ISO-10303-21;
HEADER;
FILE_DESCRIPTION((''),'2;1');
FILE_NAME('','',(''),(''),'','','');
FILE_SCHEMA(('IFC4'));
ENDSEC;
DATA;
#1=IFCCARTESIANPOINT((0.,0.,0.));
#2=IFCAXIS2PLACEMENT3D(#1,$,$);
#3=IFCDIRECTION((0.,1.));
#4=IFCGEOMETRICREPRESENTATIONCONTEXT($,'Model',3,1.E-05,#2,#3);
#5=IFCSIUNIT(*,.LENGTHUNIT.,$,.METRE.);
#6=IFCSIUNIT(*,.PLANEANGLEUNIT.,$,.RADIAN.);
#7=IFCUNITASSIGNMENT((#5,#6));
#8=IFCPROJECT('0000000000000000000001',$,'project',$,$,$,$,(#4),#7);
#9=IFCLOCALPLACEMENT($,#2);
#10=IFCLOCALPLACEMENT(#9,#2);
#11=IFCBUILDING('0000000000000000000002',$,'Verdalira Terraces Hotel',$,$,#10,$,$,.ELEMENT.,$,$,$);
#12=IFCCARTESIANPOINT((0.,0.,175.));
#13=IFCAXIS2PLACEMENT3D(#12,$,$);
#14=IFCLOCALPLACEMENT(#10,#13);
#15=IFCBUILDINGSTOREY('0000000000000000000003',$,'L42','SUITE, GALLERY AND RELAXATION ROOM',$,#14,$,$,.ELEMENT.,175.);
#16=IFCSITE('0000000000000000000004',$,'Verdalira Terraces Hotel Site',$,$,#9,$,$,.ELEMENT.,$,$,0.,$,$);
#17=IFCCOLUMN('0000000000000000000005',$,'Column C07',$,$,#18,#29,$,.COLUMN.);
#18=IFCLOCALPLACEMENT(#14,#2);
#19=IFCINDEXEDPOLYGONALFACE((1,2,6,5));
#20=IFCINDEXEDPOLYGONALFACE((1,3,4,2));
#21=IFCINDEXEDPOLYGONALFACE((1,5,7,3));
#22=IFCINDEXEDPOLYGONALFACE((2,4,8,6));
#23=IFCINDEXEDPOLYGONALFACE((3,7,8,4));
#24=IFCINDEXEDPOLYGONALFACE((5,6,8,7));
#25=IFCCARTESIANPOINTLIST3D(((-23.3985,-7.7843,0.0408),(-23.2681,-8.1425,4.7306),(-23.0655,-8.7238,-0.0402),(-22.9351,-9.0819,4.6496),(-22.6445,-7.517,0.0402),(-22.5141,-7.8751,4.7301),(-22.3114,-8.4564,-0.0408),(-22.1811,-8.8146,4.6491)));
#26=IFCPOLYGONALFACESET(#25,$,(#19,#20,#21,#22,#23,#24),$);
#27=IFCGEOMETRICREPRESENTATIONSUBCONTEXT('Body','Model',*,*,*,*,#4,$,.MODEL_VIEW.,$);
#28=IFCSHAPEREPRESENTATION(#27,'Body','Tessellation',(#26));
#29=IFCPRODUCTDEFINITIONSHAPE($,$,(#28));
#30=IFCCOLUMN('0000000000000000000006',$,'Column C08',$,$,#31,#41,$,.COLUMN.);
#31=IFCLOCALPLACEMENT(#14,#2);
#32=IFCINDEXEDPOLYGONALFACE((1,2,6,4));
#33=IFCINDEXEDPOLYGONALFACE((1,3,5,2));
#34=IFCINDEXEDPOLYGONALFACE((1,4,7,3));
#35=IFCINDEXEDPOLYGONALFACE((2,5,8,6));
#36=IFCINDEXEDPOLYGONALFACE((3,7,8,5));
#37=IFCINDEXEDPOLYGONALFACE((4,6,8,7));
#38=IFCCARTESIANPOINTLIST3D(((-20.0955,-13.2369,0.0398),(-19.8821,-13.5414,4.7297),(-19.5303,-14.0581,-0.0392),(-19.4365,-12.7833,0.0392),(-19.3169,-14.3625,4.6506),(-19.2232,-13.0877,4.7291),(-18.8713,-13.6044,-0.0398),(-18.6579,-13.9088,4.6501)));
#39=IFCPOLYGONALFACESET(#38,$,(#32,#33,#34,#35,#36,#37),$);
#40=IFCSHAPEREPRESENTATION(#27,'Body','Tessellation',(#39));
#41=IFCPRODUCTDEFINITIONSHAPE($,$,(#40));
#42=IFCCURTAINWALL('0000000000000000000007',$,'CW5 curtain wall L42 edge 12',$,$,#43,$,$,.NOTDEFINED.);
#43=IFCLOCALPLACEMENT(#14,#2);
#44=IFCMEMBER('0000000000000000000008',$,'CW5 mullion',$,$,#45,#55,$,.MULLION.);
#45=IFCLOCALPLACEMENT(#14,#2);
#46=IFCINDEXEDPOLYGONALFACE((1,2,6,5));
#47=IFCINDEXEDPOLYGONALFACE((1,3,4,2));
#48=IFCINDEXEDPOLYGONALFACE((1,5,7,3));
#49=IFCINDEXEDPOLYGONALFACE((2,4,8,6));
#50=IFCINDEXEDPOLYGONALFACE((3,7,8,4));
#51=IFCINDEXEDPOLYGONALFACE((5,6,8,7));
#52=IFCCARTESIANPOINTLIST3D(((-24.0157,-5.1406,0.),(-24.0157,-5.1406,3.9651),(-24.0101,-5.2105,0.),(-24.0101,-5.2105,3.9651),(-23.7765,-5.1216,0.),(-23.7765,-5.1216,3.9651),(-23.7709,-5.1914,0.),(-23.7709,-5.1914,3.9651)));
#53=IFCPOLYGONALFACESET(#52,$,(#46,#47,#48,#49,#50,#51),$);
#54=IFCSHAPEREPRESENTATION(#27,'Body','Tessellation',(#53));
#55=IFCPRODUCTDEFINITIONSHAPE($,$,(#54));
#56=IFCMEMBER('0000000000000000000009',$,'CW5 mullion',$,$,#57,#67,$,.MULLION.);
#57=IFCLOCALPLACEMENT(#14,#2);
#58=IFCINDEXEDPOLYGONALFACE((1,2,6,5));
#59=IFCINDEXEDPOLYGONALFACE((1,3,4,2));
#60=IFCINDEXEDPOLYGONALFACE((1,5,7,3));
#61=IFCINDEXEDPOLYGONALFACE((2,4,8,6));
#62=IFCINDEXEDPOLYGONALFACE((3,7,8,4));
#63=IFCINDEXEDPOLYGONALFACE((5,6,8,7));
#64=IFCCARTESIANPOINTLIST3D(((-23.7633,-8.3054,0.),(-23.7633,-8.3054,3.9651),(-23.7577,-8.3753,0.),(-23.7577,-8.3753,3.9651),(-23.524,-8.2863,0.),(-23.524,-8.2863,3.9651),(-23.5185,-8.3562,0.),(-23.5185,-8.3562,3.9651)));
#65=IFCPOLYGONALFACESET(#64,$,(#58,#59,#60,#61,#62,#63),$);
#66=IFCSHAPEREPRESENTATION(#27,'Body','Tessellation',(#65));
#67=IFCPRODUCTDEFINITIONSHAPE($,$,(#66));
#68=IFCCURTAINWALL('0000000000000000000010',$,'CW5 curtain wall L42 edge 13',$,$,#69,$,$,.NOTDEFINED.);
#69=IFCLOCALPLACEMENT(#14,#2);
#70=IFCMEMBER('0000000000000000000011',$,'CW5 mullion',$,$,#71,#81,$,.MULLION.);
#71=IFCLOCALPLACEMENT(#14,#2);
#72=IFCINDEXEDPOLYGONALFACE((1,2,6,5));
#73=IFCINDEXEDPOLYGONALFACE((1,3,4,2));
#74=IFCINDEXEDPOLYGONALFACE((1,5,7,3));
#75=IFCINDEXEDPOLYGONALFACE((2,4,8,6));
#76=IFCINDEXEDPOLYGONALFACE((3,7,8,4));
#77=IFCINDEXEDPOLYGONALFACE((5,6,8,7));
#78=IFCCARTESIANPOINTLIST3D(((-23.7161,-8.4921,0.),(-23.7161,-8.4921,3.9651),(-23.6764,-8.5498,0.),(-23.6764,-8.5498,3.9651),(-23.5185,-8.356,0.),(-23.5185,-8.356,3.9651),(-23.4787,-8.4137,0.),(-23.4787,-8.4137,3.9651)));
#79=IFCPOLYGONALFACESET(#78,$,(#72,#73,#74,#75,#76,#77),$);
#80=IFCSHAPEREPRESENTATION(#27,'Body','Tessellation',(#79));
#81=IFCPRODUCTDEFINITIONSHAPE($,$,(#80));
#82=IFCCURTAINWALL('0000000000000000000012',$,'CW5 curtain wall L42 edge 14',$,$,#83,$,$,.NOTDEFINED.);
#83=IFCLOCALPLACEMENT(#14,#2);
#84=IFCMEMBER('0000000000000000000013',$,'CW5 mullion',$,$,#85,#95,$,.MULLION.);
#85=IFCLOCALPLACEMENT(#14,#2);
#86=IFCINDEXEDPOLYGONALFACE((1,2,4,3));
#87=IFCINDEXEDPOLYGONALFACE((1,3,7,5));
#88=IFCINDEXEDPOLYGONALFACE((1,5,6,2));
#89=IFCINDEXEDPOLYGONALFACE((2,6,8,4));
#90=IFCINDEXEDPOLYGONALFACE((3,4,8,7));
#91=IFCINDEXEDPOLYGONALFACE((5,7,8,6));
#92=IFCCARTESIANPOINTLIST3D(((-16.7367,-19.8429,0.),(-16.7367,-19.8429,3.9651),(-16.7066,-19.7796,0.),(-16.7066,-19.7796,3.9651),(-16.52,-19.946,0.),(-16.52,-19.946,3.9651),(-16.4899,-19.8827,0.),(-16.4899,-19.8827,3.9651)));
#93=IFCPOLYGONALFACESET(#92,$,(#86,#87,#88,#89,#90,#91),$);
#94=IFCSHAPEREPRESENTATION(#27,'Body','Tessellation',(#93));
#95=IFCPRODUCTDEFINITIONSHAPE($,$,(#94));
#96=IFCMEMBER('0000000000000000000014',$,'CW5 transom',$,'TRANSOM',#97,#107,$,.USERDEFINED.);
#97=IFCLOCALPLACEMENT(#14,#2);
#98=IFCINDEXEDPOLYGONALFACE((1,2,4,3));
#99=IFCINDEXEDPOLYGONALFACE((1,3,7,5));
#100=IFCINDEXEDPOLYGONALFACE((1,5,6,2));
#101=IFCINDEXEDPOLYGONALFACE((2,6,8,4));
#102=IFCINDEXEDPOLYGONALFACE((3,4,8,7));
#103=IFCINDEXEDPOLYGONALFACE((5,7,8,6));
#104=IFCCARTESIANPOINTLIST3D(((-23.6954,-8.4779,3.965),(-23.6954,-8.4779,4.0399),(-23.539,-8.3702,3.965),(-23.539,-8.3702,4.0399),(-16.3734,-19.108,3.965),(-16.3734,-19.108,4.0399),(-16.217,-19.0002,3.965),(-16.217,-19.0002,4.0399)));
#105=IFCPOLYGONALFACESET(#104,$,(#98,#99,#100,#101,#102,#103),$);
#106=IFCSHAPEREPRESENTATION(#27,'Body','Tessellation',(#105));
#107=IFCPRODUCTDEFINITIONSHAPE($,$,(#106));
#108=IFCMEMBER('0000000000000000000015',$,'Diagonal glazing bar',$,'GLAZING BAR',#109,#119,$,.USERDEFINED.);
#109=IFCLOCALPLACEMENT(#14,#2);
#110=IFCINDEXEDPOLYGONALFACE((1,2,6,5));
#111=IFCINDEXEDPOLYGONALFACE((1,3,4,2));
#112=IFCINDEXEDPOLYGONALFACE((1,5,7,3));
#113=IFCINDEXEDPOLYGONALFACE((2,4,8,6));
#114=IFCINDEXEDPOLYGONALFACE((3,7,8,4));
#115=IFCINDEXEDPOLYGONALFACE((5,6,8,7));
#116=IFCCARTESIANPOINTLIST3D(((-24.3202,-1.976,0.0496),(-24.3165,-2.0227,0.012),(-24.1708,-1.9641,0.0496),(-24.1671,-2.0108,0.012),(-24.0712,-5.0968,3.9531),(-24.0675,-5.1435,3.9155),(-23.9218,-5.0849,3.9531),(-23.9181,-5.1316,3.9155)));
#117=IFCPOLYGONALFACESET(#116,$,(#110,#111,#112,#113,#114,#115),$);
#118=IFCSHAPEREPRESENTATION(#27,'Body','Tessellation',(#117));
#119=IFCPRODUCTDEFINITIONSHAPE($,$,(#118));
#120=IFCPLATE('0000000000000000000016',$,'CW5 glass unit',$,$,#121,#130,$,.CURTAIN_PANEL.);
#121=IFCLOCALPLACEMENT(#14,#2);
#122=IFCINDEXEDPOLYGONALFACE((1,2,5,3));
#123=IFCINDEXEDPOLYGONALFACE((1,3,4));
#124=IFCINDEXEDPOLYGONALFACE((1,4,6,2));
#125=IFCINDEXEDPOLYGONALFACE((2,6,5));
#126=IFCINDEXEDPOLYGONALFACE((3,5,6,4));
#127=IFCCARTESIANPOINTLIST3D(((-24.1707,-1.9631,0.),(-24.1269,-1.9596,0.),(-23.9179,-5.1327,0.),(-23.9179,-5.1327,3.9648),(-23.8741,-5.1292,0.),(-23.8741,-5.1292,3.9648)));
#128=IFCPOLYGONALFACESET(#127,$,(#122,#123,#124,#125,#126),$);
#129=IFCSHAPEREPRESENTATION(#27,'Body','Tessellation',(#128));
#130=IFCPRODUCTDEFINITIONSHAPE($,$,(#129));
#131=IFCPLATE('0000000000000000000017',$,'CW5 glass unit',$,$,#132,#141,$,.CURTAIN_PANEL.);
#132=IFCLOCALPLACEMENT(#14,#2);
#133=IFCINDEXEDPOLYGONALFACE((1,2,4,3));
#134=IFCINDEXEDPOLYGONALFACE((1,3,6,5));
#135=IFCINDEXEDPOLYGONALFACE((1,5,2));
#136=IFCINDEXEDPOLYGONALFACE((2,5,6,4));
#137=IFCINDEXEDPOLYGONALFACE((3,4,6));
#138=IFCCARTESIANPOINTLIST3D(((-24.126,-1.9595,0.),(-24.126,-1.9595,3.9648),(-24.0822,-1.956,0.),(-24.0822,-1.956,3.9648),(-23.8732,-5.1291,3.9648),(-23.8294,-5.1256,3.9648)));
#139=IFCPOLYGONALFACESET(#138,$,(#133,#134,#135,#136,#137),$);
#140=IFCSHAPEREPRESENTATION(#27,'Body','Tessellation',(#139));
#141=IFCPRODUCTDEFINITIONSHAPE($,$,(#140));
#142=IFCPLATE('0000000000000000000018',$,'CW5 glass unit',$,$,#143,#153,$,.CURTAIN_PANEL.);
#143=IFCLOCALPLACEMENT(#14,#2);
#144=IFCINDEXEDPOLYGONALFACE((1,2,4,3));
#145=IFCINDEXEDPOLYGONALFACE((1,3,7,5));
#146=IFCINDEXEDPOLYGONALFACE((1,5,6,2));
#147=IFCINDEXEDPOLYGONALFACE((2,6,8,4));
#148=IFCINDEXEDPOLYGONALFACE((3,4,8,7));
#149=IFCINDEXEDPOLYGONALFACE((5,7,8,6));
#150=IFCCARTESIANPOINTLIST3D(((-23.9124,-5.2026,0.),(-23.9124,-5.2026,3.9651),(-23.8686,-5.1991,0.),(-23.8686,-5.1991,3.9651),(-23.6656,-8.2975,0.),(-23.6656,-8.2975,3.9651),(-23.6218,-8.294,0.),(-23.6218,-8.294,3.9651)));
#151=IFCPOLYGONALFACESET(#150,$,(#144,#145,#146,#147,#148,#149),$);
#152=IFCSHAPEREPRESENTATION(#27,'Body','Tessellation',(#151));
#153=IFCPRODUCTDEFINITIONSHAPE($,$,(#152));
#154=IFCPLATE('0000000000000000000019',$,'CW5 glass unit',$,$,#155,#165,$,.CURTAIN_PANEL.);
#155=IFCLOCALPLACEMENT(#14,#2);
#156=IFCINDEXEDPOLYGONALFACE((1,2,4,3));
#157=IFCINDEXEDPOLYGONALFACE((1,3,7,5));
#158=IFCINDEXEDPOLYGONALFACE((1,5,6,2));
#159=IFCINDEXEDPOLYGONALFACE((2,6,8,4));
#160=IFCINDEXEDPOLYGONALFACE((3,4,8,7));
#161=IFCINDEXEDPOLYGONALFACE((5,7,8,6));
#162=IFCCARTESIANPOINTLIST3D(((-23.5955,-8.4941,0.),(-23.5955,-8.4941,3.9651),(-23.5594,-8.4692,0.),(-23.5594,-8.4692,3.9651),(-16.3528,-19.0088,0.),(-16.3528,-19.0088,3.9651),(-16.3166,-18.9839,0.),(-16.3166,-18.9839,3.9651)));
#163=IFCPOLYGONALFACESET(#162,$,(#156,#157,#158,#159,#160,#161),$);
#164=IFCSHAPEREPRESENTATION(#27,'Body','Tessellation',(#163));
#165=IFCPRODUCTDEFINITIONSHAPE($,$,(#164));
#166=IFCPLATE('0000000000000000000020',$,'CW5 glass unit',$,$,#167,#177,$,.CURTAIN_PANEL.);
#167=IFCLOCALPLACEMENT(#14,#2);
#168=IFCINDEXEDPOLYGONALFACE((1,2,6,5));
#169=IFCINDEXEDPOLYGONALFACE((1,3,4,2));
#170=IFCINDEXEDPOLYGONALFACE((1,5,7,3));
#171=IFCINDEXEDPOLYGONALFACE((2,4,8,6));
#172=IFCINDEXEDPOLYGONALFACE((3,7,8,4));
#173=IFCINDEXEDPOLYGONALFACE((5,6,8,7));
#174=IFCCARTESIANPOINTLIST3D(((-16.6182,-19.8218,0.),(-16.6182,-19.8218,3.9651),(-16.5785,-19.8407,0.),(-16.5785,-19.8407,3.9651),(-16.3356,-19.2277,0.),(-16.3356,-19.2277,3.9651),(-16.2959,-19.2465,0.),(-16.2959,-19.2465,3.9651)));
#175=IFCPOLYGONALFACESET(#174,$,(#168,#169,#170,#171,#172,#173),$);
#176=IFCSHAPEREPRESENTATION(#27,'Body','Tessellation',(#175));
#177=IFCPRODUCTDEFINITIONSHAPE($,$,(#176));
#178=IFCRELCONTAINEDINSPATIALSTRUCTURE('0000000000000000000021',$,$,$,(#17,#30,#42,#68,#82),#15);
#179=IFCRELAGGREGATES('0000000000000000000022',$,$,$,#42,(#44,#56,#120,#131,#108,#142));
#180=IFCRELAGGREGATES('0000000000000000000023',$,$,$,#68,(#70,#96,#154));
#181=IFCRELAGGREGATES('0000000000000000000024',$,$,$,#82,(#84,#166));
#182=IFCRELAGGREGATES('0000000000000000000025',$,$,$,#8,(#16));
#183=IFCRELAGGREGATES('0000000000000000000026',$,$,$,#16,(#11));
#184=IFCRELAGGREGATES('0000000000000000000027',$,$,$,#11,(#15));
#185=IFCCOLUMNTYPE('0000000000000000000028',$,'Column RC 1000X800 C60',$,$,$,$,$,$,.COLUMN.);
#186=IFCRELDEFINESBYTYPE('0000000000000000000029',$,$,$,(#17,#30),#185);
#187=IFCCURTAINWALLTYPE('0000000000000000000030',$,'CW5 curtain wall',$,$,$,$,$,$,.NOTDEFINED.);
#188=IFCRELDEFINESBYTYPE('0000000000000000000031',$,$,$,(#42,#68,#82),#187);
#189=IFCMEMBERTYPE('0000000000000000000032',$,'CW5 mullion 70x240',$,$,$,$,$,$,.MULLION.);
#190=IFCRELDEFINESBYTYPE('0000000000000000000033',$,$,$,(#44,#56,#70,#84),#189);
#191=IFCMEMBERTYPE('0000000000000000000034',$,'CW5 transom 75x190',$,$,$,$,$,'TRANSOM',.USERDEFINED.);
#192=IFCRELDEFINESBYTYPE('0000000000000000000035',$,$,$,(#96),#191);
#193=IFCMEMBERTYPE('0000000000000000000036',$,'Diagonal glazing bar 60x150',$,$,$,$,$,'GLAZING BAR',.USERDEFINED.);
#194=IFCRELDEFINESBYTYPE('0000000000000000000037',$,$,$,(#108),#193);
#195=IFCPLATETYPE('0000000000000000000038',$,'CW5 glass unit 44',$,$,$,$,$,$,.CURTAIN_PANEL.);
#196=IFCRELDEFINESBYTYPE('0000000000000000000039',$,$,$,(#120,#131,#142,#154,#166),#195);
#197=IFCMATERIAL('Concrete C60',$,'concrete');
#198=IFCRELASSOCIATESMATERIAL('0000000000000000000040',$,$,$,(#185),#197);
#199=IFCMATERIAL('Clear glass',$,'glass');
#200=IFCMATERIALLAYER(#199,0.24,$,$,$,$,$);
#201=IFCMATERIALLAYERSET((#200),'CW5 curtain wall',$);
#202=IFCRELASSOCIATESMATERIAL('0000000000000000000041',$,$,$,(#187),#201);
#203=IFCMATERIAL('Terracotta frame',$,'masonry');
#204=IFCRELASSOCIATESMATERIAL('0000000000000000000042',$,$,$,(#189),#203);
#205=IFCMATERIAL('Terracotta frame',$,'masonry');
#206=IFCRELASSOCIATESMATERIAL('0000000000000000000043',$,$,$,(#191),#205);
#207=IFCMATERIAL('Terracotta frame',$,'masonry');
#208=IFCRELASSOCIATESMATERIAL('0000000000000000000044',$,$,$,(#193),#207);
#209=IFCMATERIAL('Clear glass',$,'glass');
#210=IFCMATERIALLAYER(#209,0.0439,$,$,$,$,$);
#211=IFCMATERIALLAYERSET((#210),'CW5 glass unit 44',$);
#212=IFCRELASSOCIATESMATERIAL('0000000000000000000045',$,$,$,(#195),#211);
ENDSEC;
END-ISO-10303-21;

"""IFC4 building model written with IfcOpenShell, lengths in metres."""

from ifc_helpers import new_model, si_unit, direction, frame, origin, origin_2d, place, context, subcontext, project, spatial, polyline, rectangle, outline, extrude, material, layer, layer_set, material_profile, profile_set, type_object, element, aggregate, save


model = new_model("IFC4")

# Units and contexts
model_context = context("Model", 3, precision=1e-05, world=origin(), true_north=direction((0.0, 1.0)))
body_context = subcontext(model_context, "Body", "Model", "MODEL_VIEW")
ifc_project = project(units=[si_unit("LENGTHUNIT", "METRE"), si_unit("PLANEANGLEUNIT", "RADIAN")], contexts=[model_context])

# Site, building, storey
site_placement = place(None, origin())
site = spatial("IfcSite", under=ifc_project, at=site_placement, Name="Verdalira Terraces Hotel Site", CompositionType="ELEMENT", RefElevation=0.0)
building_placement = place(site_placement, origin())
building = spatial("IfcBuilding", under=site, at=building_placement, Name="Verdalira Terraces Hotel", CompositionType="ELEMENT")
storey_placement = place(building_placement, frame((0.0, 0.0, 175.0)))
storey = spatial("IfcBuildingStorey", under=building, at=storey_placement, Name="L42", Description="SUITE, GALLERY AND RELAXATION ROOM", CompositionType="ELEMENT", Elevation=175.0)

# Columns
ifc_material_1 = material(Name="Concrete C60", Category="concrete")
ifc_material_profile_1 = material_profile(ifc_material_1, rectangle(XDim=1.0, YDim=0.8, at=origin_2d()), Name="RC 1000X800")
ifc_profile_set_1 = profile_set([ifc_material_profile_1], Name="Concrete C60")
column_type = type_object("IfcColumnType", Name="Column RC 1000X800 C60", PredefinedType="COLUMN", material=ifc_profile_set_1)
column_1_placement = place(storey_placement, frame((-22.855, -8.1204, 0.0), z_axis=(0.027707, -0.076116, 0.996714), x_axis=(-0.333017, 0.939435, 0.080999)))
element("IfcColumn", 1, at=column_1_placement, inside=storey, type_object=column_type, Name="Column C07", PredefinedType="COLUMN", context=body_context, shape_type="SweptSolid", body=[
    extrude(rectangle(XDim=1.0, YDim=0.8, at=origin_2d()), origin(), (0.0, 0.0, 1.0), 4.7053),
])
column_2_placement = place(storey_placement, frame((-19.4834, -13.4207, 0.0), z_axis=(0.045355, -0.064711, 0.996873), x_axis=(0.56525, -0.821126, -0.07902)))
element("IfcColumn", 2, at=column_2_placement, inside=storey, type_object=column_type, Name="Column C08", PredefinedType="COLUMN", context=body_context, shape_type="SweptSolid", body=[
    extrude(rectangle(XDim=1.0, YDim=0.8, at=origin_2d()), origin(), (0.0, 0.0, 1.0), 4.7046),
])

# Curtain wall, members
ifc_material_2 = material(Name="Clear glass", Category="glass")
ifc_layer_1 = layer(ifc_material_2, 0.24)
ifc_layer_set_1 = layer_set([ifc_layer_1], Name="CW5 curtain wall")
curtain_wall_type = type_object("IfcCurtainWallType", Name="CW5 curtain wall", PredefinedType="NOTDEFINED", material=ifc_layer_set_1)
curtain_wall_1_placement = place(storey_placement, origin())
curtain_wall_1 = element("IfcCurtainWall", 3, at=curtain_wall_1_placement, inside=storey, type_object=curtain_wall_type, Name="CW5 curtain wall L42 edge 12", PredefinedType="NOTDEFINED")
ifc_material_3 = material(Name="Terracotta frame", Category="masonry")
ifc_material_profile_2 = material_profile(ifc_material_3, rectangle(XDim=0.0701, YDim=0.24, at=origin_2d()), Name="MU 70x240")
ifc_profile_set_2 = profile_set([ifc_material_profile_2], Name="Terracotta frame")
member_type_1 = type_object("IfcMemberType", Name="CW5 mullion 70x240", PredefinedType="MULLION", material=ifc_profile_set_2)
member_1_placement = place(storey_placement, frame((-23.8933, -5.166, 0.0), z_axis=(0.0, 0.0, 1.0), x_axis=(0.079503, -0.996835, 0.0)))
member_1 = element("IfcMember", 4, at=member_1_placement, type_object=member_type_1, Name="CW5 mullion", PredefinedType="MULLION", context=body_context, shape_type="SweptSolid", body=[
    extrude(rectangle(XDim=0.0701, YDim=0.24, at=origin_2d()), origin(), (0.0, 0.0, 1.0), 3.9651),
])
member_2_placement = place(storey_placement, frame((-23.6409, -8.3308, 0.0), z_axis=(0.0, 0.0, 1.0), x_axis=(0.079503, -0.996835, 0.0)))
member_2 = element("IfcMember", 5, at=member_2_placement, type_object=member_type_1, Name="CW5 mullion", PredefinedType="MULLION", context=body_context, shape_type="SweptSolid", body=[
    extrude(rectangle(XDim=0.0701, YDim=0.24, at=origin_2d()), origin(), (0.0, 0.0, 1.0), 3.9651),
])

# Curtain walls, members
curtain_wall_2_placement = place(storey_placement, origin())
curtain_wall_2 = element("IfcCurtainWall", 6, at=curtain_wall_2_placement, inside=storey, type_object=curtain_wall_type, Name="CW5 curtain wall L42 edge 13", PredefinedType="NOTDEFINED")
member_3_placement = place(storey_placement, frame((-23.5974, -8.4529, 0.0), z_axis=(0.0, 0.0, 1.0), x_axis=(0.567269, -0.823533, 0.0)))
member_3 = element("IfcMember", 7, at=member_3_placement, type_object=member_type_1, Name="CW5 mullion", PredefinedType="MULLION", context=body_context, shape_type="SweptSolid", body=[
    extrude(rectangle(XDim=0.0701, YDim=0.24, at=origin_2d()), origin(), (0.0, 0.0, 1.0), 3.9651),
])
curtain_wall_3_placement = place(storey_placement, origin())
curtain_wall_3 = element("IfcCurtainWall", 8, at=curtain_wall_3_placement, inside=storey, type_object=curtain_wall_type, Name="CW5 curtain wall L42 edge 14", PredefinedType="NOTDEFINED")
member_4_placement = place(storey_placement, frame((-16.6133, -19.8628, 0.0), z_axis=(0.0, 0.0, 1.0), x_axis=(-0.429566, -0.903036, 0.0)))
member_4 = element("IfcMember", 9, at=member_4_placement, type_object=member_type_1, Name="CW5 mullion", PredefinedType="MULLION", context=body_context, shape_type="SweptSolid", body=[
    extrude(rectangle(XDim=0.0701, YDim=0.24, at=origin_2d()), origin(), (0.0, 0.0, 1.0), 3.9651),
])

# Members
ifc_material_4 = material(Name="Terracotta frame", Category="masonry")
ifc_material_profile_3 = material_profile(ifc_material_4, rectangle(XDim=0.1899, YDim=0.075, at=origin_2d()), Name="TR 75x190")
ifc_profile_set_3 = profile_set([ifc_material_profile_3], Name="Terracotta frame")
member_type_2 = type_object("IfcMemberType", Name="CW5 transom 75x190", ElementType="TRANSOM", PredefinedType="USERDEFINED", material=ifc_profile_set_3)
member_5_placement = place(storey_placement, frame((-23.6172, -8.4241, 4.0024), z_axis=(0.567255, -0.823542, 0.0), x_axis=(0.823542, 0.567255, 0.0)))
member_5 = element("IfcMember", 10, at=member_5_placement, type_object=member_type_2, Name="CW5 transom", ObjectType="TRANSOM", PredefinedType="USERDEFINED", context=body_context, shape_type="SweptSolid", body=[
    extrude(rectangle(XDim=0.1899, YDim=0.075, at=origin_2d()), origin(), (0.0, 0.0, 1.0), 12.9077),
])
ifc_material_5 = material(Name="Terracotta frame", Category="masonry")
ifc_material_profile_4 = material_profile(ifc_material_5, rectangle(XDim=0.1499, YDim=0.0601, at=origin_2d()), Name="GB 60x150")
ifc_profile_set_4 = profile_set([ifc_material_profile_4], Name="Terracotta frame")
member_type_3 = type_object("IfcMemberType", Name="Diagonal glazing bar 60x150", ElementType="GLAZING BAR", PredefinedType="USERDEFINED", material=ifc_profile_set_4)
member_6_placement = place(storey_placement, frame((-24.2437, -1.9934, 0.0308), z_axis=(0.049765, -0.623677, 0.780096), x_axis=(0.996832, 0.079541, 0.0)))
member_6 = element("IfcMember", 11, at=member_6_placement, type_object=member_type_3, Name="Diagonal glazing bar", ObjectType="GLAZING BAR", PredefinedType="USERDEFINED", context=body_context, shape_type="SweptSolid", body=[
    extrude(rectangle(XDim=0.1499, YDim=0.0601, at=origin_2d()), origin(), (0.0, 0.0, 1.0), 5.0039),
])

# Plates
ifc_material_6 = material(Name="Clear glass", Category="glass")
ifc_layer_2 = layer(ifc_material_6, 0.0439)
ifc_layer_set_2 = layer_set([ifc_layer_2], Name="CW5 glass unit 44")
plate_type = type_object("IfcPlateType", Name="CW5 glass unit 44", PredefinedType="CURTAIN_PANEL", material=ifc_layer_set_2)
plate_1_placement = place(storey_placement, frame((-24.0005, -3.5444, 1.9824), z_axis=(-0.996835, -0.079503, 0.0), x_axis=(0.079503, -0.996835, 0.0)))
plate_1 = element("IfcPlate", 12, at=plate_1_placement, type_object=plate_type, Name="CW5 glass unit", PredefinedType="CURTAIN_PANEL", context=body_context, shape_type="SweptSolid", body=[
    extrude(outline(polyline([(-1.5898, -1.9824), (1.5898, -1.9824), (1.5898, 1.9824), (-1.5898, -1.9824)])), origin(), (0.0, 0.0, 1.0), 0.0439),
])
plate_2_placement = place(storey_placement, frame((-23.9558, -3.5408, 1.9824), z_axis=(-0.996835, -0.079503, 0.0), x_axis=(0.079503, -0.996835, 0.0)))
plate_2 = element("IfcPlate", 13, at=plate_2_placement, type_object=plate_type, Name="CW5 glass unit", PredefinedType="CURTAIN_PANEL", context=body_context, shape_type="SweptSolid", body=[
    extrude(outline(polyline([(-1.5898, -1.9824), (1.5898, 1.9824), (-1.5898, 1.9824), (-1.5898, -1.9824)])), origin(), (0.0, 0.0, 1.0), 0.0439),
])
plate_3_placement = place(storey_placement, frame((-23.7671, -6.7483, 0.0), z_axis=(0.0, 0.0, 1.0), x_axis=(0.079503, -0.996835, 0.0)))
plate_3 = element("IfcPlate", 14, at=plate_3_placement, type_object=plate_type, Name="CW5 glass unit", PredefinedType="CURTAIN_PANEL", context=body_context, shape_type="SweptSolid", body=[
    extrude(rectangle(XDim=3.1047, YDim=0.0439, at=origin_2d()), origin(), (0.0, 0.0, 1.0), 3.9651),
])
aggregate(curtain_wall_1, [member_1, member_2, plate_1, plate_2, member_6, plate_3])
plate_4_placement = place(storey_placement, frame((-19.9561, -13.739, 0.0), z_axis=(0.0, 0.0, 1.0), x_axis=(0.567269, -0.823533, 0.0)))
plate_4 = element("IfcPlate", 15, at=plate_4_placement, type_object=plate_type, Name="CW5 glass unit", PredefinedType="CURTAIN_PANEL", context=body_context, shape_type="SweptSolid", body=[
    extrude(rectangle(XDim=12.7678, YDim=0.0439, at=origin_2d()), origin(), (0.0, 0.0, 1.0), 3.9651),
])
aggregate(curtain_wall_2, [member_3, member_5, plate_4])
plate_5_placement = place(storey_placement, frame((-16.457, -19.5342, 0.0), z_axis=(0.0, 0.0, 1.0), x_axis=(-0.429566, -0.903036, 0.0)))
plate_5 = element("IfcPlate", 16, at=plate_5_placement, type_object=plate_type, Name="CW5 glass unit", PredefinedType="CURTAIN_PANEL", context=body_context, shape_type="SweptSolid", body=[
    extrude(rectangle(XDim=0.658, YDim=0.0439, at=origin_2d()), origin(), (0.0, 0.0, 1.0), 3.9651),
])
aggregate(curtain_wall_3, [member_4, plate_5])

save(model, "model.ifc")
